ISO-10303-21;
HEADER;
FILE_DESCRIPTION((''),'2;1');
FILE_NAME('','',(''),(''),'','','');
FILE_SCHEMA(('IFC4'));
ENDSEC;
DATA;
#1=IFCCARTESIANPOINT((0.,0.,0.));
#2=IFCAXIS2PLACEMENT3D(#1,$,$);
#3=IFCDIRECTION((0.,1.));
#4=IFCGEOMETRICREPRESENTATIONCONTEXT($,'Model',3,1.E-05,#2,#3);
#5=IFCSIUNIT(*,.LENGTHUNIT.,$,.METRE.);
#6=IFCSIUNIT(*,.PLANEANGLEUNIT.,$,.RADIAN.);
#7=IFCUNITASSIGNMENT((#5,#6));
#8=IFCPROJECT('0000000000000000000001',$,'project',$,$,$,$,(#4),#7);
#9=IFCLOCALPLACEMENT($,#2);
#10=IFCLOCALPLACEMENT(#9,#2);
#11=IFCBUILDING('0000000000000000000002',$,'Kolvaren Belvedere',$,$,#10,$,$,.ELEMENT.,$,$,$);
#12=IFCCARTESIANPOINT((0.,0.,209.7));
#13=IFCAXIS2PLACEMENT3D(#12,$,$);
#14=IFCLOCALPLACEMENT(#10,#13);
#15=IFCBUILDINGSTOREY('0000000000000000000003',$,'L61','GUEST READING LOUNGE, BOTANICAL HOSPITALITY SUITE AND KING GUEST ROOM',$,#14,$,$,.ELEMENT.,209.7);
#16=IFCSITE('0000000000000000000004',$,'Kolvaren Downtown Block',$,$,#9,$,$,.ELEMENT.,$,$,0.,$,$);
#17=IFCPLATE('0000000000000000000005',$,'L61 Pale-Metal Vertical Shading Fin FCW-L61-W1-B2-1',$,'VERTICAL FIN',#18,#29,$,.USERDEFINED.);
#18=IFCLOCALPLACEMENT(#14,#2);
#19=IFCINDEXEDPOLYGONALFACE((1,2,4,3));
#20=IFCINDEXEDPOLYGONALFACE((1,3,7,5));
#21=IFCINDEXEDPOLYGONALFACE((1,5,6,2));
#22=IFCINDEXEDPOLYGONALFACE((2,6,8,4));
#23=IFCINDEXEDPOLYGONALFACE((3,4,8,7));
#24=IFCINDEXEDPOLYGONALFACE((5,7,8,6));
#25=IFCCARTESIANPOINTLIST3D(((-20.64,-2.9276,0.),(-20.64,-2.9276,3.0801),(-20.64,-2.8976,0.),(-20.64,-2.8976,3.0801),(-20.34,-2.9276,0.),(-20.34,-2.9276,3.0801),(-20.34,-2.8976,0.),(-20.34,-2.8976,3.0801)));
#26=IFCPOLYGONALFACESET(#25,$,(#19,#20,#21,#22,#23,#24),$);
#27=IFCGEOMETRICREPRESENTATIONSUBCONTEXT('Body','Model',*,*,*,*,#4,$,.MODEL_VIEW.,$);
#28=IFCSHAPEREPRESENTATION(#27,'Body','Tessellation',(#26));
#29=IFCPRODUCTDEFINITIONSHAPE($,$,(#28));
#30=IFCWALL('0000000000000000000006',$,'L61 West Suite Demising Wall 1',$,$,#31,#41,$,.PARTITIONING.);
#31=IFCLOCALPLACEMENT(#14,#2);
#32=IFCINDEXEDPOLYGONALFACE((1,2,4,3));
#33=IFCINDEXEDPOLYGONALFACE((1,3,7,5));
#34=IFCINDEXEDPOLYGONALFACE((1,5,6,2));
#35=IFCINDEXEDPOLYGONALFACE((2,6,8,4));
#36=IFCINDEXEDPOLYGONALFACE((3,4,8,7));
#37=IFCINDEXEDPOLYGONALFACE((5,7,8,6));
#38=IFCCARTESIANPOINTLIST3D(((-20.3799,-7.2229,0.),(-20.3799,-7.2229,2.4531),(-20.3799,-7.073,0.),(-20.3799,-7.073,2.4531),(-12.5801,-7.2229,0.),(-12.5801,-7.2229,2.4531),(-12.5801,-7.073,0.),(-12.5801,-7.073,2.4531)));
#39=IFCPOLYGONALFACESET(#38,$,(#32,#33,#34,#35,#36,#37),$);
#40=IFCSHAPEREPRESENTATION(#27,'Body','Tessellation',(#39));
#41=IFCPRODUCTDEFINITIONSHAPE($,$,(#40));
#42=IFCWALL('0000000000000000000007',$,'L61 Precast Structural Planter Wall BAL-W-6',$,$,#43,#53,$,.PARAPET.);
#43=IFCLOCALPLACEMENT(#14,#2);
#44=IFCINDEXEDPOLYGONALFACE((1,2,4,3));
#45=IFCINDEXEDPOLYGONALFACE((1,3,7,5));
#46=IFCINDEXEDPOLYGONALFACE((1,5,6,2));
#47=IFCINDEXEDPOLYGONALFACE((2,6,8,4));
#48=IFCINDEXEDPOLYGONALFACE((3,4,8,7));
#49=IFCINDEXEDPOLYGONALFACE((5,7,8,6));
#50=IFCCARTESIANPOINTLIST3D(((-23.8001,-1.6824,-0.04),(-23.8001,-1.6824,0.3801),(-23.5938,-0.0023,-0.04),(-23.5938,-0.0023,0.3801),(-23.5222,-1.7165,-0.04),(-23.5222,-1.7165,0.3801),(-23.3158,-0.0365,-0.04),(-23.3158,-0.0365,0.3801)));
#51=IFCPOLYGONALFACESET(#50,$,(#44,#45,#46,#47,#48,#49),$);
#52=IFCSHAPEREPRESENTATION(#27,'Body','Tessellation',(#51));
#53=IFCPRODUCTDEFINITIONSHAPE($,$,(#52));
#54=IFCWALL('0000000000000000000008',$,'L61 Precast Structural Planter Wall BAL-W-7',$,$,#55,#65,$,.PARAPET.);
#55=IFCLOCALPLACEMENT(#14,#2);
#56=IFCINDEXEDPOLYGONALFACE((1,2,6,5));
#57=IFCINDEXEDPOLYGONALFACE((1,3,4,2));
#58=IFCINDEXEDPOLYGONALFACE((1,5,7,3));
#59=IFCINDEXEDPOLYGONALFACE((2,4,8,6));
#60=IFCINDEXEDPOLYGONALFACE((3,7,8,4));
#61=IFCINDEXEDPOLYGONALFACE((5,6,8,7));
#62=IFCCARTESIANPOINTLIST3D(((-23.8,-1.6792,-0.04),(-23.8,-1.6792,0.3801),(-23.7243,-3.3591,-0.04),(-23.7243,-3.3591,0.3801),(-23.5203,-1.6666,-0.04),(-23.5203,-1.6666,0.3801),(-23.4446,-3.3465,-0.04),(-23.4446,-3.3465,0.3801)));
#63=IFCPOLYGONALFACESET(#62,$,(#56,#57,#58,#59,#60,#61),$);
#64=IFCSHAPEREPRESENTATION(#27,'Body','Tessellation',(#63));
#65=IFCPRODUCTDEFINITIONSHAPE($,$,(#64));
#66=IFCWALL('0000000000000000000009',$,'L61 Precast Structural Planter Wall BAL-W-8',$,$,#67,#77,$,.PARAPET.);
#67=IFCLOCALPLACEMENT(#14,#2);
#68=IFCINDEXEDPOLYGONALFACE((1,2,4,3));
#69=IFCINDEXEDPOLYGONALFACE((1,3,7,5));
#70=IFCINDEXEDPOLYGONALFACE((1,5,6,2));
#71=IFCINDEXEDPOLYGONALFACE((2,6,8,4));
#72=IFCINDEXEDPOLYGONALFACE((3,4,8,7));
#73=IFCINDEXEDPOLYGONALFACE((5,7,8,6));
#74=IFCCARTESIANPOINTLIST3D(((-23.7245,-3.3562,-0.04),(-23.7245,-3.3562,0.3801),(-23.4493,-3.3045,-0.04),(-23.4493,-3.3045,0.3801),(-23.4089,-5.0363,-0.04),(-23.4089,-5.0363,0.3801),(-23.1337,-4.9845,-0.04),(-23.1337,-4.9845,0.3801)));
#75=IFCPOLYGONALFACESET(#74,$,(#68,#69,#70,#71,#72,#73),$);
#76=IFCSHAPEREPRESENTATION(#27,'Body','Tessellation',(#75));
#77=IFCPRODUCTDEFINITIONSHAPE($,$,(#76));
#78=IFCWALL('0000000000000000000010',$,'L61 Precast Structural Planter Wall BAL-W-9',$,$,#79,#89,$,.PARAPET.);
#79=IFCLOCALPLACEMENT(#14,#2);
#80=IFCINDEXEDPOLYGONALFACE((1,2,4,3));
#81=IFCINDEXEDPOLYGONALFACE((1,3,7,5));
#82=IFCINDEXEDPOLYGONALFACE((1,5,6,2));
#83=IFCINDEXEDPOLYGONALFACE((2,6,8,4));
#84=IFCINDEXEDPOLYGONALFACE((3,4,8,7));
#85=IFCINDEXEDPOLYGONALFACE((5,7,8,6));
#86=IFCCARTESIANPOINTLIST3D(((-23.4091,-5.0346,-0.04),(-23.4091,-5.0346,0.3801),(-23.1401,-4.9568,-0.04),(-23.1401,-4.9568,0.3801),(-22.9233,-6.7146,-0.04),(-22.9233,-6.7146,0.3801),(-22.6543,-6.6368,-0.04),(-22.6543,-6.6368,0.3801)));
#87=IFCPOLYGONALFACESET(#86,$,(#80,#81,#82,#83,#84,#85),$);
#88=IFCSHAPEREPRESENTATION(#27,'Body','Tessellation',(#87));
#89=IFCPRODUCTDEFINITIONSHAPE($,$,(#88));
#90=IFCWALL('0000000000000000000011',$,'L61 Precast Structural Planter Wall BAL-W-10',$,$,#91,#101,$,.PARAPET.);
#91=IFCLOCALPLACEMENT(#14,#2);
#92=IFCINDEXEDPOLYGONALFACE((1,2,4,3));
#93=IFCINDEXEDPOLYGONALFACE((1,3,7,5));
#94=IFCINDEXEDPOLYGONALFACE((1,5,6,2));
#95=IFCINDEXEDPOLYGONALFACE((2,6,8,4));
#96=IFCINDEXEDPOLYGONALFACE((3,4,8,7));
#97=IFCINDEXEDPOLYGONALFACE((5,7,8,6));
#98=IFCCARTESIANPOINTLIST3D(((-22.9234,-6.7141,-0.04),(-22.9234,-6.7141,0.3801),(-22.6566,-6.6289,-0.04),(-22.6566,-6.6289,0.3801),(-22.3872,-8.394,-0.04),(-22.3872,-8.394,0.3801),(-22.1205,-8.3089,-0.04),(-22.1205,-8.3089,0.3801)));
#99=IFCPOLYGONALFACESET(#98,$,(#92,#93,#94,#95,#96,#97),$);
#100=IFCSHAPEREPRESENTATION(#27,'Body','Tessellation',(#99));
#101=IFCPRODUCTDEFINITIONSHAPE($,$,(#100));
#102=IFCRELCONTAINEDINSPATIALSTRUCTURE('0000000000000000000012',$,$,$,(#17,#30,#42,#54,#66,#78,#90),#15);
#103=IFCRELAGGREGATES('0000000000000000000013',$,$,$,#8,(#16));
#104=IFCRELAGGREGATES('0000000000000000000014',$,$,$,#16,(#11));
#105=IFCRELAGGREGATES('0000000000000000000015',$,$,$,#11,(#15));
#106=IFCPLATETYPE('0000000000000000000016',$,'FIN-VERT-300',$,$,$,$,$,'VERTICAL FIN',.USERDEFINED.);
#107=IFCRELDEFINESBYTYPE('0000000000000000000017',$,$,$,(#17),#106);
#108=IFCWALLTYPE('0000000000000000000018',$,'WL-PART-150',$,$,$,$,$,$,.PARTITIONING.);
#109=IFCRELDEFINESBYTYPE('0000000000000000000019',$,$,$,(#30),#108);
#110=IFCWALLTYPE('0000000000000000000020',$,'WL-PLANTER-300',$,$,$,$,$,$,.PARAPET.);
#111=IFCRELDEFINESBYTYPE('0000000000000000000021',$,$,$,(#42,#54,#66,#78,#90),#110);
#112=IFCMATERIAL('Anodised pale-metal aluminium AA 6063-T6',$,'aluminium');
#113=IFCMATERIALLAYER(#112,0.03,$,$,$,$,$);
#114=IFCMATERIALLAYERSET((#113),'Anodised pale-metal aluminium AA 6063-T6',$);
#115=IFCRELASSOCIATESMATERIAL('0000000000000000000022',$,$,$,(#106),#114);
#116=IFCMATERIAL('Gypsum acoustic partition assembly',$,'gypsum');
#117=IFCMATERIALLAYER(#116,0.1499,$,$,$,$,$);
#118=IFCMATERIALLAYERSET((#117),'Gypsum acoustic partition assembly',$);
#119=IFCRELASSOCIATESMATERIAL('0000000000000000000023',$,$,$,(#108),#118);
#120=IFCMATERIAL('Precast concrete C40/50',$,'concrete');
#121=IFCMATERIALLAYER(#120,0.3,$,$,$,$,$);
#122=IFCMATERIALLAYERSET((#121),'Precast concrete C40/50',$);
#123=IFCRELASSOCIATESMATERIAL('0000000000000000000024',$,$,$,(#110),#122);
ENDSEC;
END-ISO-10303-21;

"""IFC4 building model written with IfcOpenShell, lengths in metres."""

from ifc_helpers import new_model, si_unit, direction, frame, frame_2d, origin, origin_2d, place, context, subcontext, project, spatial, rectangle, extrude, material, layer, layer_set, type_object, element, save


model = new_model("IFC4")

# Units and contexts
model_context = context("Model", 3, precision=1e-05, world=origin(), true_north=direction((0.0, 1.0)))
body_context = subcontext(model_context, "Body", "Model", "MODEL_VIEW")
ifc_project = project(units=[si_unit("LENGTHUNIT", "METRE"), si_unit("PLANEANGLEUNIT", "RADIAN")], contexts=[model_context])

# Site, building, storey
site_placement = place(None, origin())
site = spatial("IfcSite", under=ifc_project, at=site_placement, Name="Kolvaren Downtown Block", CompositionType="ELEMENT", RefElevation=0.0)
building_placement = place(site_placement, origin())
building = spatial("IfcBuilding", under=site, at=building_placement, Name="Kolvaren Belvedere", CompositionType="ELEMENT")
storey_placement = place(building_placement, frame((0.0, 0.0, 209.7)))
storey = spatial("IfcBuildingStorey", under=building, at=storey_placement, Name="L61", Description="GUEST READING LOUNGE, BOTANICAL HOSPITALITY SUITE AND KING GUEST ROOM", CompositionType="ELEMENT", Elevation=209.7)

# Plate
ifc_material_1 = material(Name="Anodised pale-metal aluminium AA 6063-T6", Category="aluminium")
ifc_layer_1 = layer(ifc_material_1, 0.03)
ifc_layer_set_1 = layer_set([ifc_layer_1], Name="Anodised pale-metal aluminium AA 6063-T6")
plate_type_1 = type_object("IfcPlateType", Name="FIN-VERT-300", ElementType="VERTICAL FIN", PredefinedType="USERDEFINED", material=ifc_layer_set_1)
plate_1_placement = place(storey_placement, frame((-20.49, -2.9126, 0.0), z_axis=(0.0, 0.0, 1.0), x_axis=(1.0, 0.0, 0.0)))
element("IfcPlate", 1, at=plate_1_placement, inside=storey, type_object=plate_type_1, Name="L61 Pale-Metal Vertical Shading Fin FCW-L61-W1-B2-1", ObjectType="VERTICAL FIN", PredefinedType="USERDEFINED", context=body_context, shape_type="SweptSolid", body=[
    extrude(rectangle(XDim=0.3, YDim=0.03, at=origin_2d()), origin(), (0.0, 0.0, 1.0), 3.0801),
])

# Walls
ifc_material_2 = material(Name="Gypsum acoustic partition assembly", Category="gypsum")
ifc_layer_2 = layer(ifc_material_2, 0.1499)
ifc_layer_set_2 = layer_set([ifc_layer_2], Name="Gypsum acoustic partition assembly")
wall_type_1 = type_object("IfcWallType", Name="WL-PART-150", PredefinedType="PARTITIONING", material=ifc_layer_set_2)
wall_1_placement = place(storey_placement, frame((-20.3799, -7.1479, 0.0), z_axis=(0.0, 0.0, 1.0), x_axis=(1.0, 0.0, 0.0)))
element("IfcWall", 2, at=wall_1_placement, inside=storey, type_object=wall_type_1, Name="L61 West Suite Demising Wall 1", PredefinedType="PARTITIONING", context=body_context, shape_type="SweptSolid", body=[
    extrude(rectangle(XDim=7.7998, YDim=0.1499, at=frame_2d((3.8999, 0.0))), origin(), (0.0, 0.0, 1.0), 2.4531),
])
ifc_material_3 = material(Name="Precast concrete C40/50", Category="concrete")
ifc_layer_3 = layer(ifc_material_3, 0.3)
ifc_layer_set_3 = layer_set([ifc_layer_3], Name="Precast concrete C40/50")
wall_type_2 = type_object("IfcWallType", Name="WL-PLANTER-300", PredefinedType="PARAPET", material=ifc_layer_set_3)
wall_2_placement = place(storey_placement, frame((-23.4548, -0.0195, -0.04), z_axis=(0.0, 0.0, 1.0), x_axis=(-0.121886, -0.992544, 0.0)))
element("IfcWall", 3, at=wall_2_placement, inside=storey, type_object=wall_type_2, Name="L61 Precast Structural Planter Wall BAL-W-6", PredefinedType="PARAPET", context=body_context, shape_type="SweptSolid", body=[
    extrude(rectangle(XDim=1.6926, YDim=0.28, at=frame_2d((0.8462, 0.0))), origin(), (0.0, 0.0, 1.0), 0.4202),
])
wall_3_placement = place(storey_placement, frame((-23.6602, -1.6729, -0.04), z_axis=(0.0, 0.0, 1.0), x_axis=(0.045006, -0.998987, 0.0)))
element("IfcWall", 4, at=wall_3_placement, inside=storey, type_object=wall_type_2, Name="L61 Precast Structural Planter Wall BAL-W-7", PredefinedType="PARAPET", context=body_context, shape_type="SweptSolid", body=[
    extrude(rectangle(XDim=1.6816, YDim=0.28, at=frame_2d((0.8408, 0.0))), origin(), (0.0, 0.0, 1.0), 0.4202),
])
wall_4_placement = place(storey_placement, frame((-23.5869, -3.3303, -0.04), z_axis=(0.0, 0.0, 1.0), x_axis=(0.184651, -0.982804, 0.0)))
element("IfcWall", 5, at=wall_4_placement, inside=storey, type_object=wall_type_2, Name="L61 Precast Structural Planter Wall BAL-W-8", PredefinedType="PARAPET", context=body_context, shape_type="SweptSolid", body=[
    extrude(rectangle(XDim=1.7095, YDim=0.28, at=frame_2d((0.8547, 0.0))), origin(), (0.0, 0.0, 1.0), 0.4202),
])
wall_5_placement = place(storey_placement, frame((-23.2747, -4.9956, -0.04), z_axis=(0.0, 0.0, 1.0), x_axis=(0.277817, -0.960634, 0.0)))
element("IfcWall", 6, at=wall_5_placement, inside=storey, type_object=wall_type_2, Name="L61 Precast Structural Planter Wall BAL-W-9", PredefinedType="PARAPET", context=body_context, shape_type="SweptSolid", body=[
    extrude(rectangle(XDim=1.7488, YDim=0.28, at=frame_2d((0.8745, 0.0))), origin(), (0.0, 0.0, 1.0), 0.4202),
])
wall_6_placement = place(storey_placement, frame((-22.79, -6.6714, -0.04), z_axis=(0.0, 0.0, 1.0), x_axis=(0.304032, -0.952662, 0.0)))
element("IfcWall", 7, at=wall_6_placement, inside=storey, type_object=wall_type_2, Name="L61 Precast Structural Planter Wall BAL-W-10", PredefinedType="PARAPET", context=body_context, shape_type="SweptSolid", body=[
    extrude(rectangle(XDim=1.7634, YDim=0.28, at=frame_2d((0.8818, 0.0))), origin(), (0.0, 0.0, 1.0), 0.4202),
])

save(model, "model.ifc")
